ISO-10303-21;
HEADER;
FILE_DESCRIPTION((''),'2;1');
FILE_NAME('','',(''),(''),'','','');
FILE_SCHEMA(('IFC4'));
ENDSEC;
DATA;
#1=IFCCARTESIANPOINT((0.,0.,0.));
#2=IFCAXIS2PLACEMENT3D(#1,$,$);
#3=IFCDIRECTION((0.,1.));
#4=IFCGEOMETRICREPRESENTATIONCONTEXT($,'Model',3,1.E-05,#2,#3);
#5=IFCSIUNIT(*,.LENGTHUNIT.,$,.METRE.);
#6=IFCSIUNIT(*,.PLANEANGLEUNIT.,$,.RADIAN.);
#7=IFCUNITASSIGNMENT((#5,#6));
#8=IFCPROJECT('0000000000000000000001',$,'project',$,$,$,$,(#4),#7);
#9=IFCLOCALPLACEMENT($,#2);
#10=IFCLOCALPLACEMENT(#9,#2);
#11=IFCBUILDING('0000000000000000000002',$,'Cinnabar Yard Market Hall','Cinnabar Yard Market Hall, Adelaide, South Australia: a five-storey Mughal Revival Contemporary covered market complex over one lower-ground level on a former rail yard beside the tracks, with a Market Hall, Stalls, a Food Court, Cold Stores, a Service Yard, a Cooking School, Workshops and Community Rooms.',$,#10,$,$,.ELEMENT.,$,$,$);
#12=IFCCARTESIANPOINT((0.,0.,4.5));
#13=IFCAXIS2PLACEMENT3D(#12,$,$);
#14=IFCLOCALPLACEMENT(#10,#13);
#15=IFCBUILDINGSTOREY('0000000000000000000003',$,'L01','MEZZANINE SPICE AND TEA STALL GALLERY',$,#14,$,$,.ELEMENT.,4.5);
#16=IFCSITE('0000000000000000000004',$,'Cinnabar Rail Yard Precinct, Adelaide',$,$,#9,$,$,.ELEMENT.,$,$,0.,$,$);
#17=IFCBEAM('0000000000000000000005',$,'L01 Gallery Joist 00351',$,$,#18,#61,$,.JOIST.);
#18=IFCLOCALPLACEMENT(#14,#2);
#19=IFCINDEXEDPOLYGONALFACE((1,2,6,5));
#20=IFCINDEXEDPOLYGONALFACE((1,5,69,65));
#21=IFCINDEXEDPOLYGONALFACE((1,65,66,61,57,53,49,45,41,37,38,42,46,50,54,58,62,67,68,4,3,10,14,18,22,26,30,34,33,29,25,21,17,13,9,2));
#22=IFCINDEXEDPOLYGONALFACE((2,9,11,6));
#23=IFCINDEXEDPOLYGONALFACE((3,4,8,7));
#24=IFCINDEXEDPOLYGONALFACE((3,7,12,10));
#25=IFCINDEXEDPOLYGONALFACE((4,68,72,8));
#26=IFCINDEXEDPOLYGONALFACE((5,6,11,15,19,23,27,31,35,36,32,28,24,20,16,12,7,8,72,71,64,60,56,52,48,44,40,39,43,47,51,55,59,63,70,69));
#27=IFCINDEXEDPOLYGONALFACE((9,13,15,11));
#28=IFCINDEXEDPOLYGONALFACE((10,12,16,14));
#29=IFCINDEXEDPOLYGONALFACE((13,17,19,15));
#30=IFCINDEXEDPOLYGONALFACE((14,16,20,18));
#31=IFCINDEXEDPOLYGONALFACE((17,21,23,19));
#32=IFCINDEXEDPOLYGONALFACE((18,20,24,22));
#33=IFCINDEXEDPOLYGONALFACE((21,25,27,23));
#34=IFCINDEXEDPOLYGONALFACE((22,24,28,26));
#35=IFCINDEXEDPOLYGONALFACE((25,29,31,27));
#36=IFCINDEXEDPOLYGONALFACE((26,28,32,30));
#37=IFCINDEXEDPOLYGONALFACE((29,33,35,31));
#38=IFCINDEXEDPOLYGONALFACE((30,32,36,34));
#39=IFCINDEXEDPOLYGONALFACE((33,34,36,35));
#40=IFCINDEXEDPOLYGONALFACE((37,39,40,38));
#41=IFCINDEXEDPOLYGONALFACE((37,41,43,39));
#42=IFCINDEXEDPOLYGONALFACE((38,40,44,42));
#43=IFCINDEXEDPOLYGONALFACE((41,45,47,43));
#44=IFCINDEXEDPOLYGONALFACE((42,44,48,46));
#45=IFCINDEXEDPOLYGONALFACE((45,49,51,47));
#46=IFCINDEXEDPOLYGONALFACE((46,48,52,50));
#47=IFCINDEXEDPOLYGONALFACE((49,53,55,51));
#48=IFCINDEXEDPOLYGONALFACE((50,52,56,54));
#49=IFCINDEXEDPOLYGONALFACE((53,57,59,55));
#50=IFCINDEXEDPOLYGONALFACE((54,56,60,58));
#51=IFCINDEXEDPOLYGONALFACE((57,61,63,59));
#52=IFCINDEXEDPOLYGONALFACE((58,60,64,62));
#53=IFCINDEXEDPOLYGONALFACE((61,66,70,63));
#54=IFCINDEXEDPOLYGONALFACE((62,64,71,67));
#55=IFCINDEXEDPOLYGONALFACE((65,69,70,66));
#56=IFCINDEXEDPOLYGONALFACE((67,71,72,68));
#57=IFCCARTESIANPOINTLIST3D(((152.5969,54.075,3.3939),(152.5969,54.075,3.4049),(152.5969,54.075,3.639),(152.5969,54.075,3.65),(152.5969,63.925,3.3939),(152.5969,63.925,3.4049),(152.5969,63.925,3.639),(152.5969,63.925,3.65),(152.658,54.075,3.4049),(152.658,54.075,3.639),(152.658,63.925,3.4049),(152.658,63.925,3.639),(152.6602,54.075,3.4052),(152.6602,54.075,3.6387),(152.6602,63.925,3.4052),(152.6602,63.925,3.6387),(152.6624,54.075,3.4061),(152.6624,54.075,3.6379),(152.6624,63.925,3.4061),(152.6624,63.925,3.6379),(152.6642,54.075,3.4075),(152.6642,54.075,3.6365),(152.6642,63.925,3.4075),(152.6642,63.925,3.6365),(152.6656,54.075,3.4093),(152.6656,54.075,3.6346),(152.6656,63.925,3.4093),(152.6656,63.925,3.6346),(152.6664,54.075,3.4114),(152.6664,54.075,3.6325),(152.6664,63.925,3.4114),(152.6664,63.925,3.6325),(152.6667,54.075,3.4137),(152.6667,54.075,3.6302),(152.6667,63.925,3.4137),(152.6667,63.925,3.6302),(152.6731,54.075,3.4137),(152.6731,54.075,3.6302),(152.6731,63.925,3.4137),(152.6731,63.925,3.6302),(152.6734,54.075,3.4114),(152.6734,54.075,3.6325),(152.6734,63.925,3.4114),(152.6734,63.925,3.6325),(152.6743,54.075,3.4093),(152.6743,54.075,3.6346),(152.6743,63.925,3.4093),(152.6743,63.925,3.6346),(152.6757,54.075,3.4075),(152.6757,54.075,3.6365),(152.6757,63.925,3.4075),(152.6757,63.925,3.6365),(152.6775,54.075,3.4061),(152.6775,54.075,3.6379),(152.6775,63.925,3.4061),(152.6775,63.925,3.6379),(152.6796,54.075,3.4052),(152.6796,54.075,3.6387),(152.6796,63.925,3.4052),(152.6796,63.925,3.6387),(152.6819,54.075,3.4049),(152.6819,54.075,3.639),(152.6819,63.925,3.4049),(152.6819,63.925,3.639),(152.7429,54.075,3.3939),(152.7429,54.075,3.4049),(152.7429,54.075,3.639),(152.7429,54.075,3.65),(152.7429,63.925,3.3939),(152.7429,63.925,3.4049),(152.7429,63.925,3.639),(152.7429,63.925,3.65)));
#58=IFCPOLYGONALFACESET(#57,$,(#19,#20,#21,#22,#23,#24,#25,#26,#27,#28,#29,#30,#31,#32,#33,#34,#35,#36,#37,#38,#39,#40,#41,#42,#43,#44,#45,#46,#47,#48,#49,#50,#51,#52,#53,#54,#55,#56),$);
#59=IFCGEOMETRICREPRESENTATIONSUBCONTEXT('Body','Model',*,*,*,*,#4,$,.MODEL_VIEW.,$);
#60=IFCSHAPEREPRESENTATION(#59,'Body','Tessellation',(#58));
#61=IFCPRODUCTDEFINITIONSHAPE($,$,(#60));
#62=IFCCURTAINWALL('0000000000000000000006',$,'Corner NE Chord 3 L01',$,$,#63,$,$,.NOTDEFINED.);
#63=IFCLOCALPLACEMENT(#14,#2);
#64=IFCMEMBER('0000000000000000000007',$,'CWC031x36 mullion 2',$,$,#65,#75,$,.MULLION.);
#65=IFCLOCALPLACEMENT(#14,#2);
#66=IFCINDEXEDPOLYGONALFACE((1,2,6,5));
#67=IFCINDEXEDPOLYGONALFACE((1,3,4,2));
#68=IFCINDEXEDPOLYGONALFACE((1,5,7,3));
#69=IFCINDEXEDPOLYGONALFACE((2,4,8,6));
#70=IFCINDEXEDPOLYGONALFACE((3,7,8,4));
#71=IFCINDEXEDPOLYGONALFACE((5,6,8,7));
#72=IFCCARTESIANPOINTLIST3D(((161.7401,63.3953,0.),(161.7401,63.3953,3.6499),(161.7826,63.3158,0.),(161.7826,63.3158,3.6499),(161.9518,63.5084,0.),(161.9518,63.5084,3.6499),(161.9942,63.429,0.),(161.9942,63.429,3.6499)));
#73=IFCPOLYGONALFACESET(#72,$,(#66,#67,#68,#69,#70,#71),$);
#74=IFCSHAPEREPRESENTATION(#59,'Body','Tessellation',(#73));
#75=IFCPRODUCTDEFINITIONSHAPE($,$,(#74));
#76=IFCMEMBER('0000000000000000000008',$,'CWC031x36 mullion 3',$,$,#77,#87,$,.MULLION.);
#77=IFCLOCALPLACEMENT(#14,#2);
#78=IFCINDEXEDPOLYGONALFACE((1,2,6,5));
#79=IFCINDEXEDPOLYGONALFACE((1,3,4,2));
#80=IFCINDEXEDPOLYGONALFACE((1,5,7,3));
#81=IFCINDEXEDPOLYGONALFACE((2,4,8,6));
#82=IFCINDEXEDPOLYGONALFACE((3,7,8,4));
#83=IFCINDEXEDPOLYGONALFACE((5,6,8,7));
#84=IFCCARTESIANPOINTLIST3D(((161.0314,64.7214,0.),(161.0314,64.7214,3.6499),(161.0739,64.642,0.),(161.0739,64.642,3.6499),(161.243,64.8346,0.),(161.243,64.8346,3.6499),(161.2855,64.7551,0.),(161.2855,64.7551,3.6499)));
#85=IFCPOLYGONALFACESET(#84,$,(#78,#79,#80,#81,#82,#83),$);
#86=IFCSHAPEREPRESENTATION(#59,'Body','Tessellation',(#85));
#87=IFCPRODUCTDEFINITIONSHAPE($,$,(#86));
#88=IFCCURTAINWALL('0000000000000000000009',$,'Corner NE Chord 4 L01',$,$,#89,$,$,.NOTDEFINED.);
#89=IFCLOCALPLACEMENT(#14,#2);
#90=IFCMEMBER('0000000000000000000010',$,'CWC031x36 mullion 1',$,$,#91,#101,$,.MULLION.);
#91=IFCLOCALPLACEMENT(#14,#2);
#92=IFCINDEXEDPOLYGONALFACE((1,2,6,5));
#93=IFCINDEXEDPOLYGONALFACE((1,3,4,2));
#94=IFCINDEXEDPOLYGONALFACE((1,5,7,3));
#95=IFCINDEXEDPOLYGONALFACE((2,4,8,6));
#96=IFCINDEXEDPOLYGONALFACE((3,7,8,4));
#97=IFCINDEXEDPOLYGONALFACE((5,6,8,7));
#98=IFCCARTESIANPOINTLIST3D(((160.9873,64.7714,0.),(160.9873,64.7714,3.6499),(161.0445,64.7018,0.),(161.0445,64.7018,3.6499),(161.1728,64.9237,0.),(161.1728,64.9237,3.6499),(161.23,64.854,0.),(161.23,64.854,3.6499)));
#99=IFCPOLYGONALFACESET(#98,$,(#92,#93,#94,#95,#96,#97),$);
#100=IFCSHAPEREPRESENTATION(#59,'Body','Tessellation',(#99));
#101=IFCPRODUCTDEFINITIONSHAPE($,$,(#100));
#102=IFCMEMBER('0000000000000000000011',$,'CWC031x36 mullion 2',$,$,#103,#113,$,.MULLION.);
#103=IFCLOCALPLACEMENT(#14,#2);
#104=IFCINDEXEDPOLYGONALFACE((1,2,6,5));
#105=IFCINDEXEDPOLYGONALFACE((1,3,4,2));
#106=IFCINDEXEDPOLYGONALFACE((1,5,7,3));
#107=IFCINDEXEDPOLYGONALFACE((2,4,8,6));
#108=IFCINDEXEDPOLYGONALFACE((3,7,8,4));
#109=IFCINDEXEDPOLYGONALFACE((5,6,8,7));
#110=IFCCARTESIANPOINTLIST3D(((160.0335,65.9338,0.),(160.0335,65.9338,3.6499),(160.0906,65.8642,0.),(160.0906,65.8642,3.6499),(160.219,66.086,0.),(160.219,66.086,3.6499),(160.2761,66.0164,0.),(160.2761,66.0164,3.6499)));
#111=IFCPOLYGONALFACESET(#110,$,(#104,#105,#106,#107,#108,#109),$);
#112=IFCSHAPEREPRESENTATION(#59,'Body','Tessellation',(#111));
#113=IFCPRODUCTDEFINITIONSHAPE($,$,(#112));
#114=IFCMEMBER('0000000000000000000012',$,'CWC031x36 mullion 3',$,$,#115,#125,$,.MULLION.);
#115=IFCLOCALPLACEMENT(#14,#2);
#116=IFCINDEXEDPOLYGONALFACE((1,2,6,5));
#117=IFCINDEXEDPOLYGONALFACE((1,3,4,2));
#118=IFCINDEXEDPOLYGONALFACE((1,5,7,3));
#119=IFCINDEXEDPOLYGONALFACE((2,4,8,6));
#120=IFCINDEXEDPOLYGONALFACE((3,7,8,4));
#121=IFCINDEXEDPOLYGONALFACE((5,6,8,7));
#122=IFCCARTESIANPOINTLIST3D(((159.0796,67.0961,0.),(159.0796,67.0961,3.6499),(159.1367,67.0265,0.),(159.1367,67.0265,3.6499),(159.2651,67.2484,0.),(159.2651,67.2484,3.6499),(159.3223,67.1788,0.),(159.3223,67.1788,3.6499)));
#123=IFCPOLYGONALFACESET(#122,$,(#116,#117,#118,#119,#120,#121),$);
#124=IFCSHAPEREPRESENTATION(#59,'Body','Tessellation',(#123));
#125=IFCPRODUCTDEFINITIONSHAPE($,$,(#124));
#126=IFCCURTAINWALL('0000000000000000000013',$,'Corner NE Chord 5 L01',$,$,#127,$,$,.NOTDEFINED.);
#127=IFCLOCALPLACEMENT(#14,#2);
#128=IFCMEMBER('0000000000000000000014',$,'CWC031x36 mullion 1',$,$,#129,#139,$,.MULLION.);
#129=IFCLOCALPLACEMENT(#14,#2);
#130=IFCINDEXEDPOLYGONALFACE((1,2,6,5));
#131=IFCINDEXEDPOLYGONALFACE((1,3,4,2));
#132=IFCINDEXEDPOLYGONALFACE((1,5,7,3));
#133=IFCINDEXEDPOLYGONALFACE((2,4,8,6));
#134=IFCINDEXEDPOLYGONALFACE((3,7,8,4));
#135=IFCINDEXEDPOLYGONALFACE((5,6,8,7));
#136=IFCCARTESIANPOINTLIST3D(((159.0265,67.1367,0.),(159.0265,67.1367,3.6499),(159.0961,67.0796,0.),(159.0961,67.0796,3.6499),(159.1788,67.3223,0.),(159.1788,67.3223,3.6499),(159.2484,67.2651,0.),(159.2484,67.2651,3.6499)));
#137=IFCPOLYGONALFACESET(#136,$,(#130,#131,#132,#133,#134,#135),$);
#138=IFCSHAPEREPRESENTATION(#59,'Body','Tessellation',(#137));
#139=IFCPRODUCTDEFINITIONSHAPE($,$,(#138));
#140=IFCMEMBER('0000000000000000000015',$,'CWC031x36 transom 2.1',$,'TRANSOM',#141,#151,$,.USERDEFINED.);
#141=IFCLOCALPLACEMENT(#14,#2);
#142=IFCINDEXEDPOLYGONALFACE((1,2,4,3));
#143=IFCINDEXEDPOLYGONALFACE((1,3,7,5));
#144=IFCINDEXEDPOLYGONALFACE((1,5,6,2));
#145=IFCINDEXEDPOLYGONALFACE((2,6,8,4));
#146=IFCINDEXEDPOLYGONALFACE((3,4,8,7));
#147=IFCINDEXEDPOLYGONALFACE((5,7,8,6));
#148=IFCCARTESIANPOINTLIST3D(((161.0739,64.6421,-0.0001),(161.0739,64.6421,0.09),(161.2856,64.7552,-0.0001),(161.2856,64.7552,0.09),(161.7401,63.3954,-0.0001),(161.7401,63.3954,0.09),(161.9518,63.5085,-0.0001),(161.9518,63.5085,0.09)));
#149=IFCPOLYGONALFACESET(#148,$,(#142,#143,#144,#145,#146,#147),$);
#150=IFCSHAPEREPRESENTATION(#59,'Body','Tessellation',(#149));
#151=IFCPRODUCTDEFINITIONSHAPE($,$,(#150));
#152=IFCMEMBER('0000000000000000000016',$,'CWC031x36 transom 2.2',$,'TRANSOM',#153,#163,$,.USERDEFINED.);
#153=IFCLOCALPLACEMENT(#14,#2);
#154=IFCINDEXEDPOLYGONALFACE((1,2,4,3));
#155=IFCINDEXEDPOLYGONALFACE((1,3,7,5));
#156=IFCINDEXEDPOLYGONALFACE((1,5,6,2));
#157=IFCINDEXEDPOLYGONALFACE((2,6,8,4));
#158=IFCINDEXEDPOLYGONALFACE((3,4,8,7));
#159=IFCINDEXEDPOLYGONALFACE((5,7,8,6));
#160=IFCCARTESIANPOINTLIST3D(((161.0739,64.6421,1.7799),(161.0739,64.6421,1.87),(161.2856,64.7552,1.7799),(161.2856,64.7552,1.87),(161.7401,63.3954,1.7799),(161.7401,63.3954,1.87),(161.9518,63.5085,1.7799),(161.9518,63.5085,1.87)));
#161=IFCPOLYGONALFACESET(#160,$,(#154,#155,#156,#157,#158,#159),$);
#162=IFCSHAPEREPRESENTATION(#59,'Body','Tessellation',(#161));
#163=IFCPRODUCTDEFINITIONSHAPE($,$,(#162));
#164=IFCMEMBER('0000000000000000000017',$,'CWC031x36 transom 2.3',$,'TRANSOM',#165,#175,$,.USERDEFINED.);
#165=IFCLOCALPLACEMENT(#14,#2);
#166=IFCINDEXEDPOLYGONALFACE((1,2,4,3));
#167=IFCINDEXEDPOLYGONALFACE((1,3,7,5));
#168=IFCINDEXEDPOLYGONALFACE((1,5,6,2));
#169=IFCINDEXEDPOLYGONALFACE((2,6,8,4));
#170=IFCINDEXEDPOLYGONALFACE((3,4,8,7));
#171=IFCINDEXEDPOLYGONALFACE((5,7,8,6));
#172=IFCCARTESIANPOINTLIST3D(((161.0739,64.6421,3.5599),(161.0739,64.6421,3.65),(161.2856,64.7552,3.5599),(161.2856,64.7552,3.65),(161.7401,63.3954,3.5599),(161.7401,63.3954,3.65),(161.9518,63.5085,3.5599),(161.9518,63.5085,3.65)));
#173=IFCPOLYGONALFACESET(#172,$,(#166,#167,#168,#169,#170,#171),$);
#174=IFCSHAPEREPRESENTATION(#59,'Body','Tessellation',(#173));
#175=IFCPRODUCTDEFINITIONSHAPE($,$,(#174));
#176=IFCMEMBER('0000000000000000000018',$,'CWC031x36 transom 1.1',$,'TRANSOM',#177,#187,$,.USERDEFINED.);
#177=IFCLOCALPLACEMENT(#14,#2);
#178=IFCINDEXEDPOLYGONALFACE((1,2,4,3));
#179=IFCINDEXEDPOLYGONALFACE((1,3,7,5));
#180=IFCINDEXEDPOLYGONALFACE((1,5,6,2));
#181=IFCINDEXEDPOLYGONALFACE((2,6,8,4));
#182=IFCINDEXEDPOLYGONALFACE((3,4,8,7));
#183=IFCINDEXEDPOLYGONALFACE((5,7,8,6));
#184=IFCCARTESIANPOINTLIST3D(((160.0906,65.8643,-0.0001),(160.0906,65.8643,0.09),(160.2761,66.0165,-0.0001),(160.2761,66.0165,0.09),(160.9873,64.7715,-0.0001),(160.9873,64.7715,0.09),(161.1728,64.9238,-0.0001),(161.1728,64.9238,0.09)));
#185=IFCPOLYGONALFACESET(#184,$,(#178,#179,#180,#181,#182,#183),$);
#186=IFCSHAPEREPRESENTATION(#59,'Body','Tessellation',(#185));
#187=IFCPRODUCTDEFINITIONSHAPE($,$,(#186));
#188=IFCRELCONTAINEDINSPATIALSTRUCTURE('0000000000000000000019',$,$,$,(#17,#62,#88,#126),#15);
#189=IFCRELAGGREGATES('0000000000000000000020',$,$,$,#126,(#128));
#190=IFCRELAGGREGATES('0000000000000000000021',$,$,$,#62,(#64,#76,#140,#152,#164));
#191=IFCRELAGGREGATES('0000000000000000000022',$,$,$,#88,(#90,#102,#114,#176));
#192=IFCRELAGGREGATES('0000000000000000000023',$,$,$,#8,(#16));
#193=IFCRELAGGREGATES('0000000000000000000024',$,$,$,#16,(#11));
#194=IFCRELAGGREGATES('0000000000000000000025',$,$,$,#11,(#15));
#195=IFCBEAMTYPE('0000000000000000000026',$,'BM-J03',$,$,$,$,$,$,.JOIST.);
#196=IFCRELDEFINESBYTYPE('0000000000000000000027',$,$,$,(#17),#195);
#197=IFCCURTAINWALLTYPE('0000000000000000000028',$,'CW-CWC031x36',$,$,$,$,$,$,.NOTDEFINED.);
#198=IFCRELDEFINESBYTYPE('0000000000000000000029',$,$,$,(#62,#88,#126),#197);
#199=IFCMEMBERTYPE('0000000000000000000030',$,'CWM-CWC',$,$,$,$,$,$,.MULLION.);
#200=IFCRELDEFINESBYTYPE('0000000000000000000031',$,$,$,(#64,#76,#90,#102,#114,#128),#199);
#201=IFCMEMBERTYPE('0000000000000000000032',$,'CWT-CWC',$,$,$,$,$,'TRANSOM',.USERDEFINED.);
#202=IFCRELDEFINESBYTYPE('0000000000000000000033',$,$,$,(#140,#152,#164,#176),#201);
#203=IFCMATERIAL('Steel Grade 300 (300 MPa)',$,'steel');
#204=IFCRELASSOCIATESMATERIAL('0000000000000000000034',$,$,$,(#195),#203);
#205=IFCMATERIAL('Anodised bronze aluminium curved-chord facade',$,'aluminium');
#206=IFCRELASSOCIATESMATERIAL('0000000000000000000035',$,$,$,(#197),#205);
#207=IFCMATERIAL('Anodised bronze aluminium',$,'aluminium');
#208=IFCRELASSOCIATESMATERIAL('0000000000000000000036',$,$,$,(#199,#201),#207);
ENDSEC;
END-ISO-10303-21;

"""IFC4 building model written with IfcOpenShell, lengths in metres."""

from ifc_helpers import new_model, si_unit, direction, frame, origin, origin_2d_with_axis, place, context, subcontext, project, spatial, rectangle, i_section, extrude, material, material_profile, profile_set, type_object, element, aggregate, save


model = new_model("IFC4")

# Units and contexts
model_context = context("Model", 3, precision=1e-05, world=origin(), true_north=direction((0.0, 1.0)))
body_context = subcontext(model_context, "Body", "Model", "MODEL_VIEW")
ifc_project = project(units=[si_unit("LENGTHUNIT", "METRE"), si_unit("PLANEANGLEUNIT", "RADIAN")], contexts=[model_context])

# Site, building, storey
site_placement = place(None, origin())
site = spatial("IfcSite", under=ifc_project, at=site_placement, Name="Cinnabar Rail Yard Precinct, Adelaide", CompositionType="ELEMENT", RefElevation=0.0)
building_placement = place(site_placement, origin())
building = spatial("IfcBuilding", under=site, at=building_placement, Name="Cinnabar Yard Market Hall", Description="Cinnabar Yard Market Hall, Adelaide, South Australia: a five-storey Mughal Revival Contemporary covered market complex over one lower-ground level on a former rail yard beside the tracks, with a Market Hall, Stalls, a Food Court, Cold Stores, a Service Yard, a Cooking School, Workshops and Community Rooms.", CompositionType="ELEMENT")
storey_placement = place(building_placement, frame((0.0, 0.0, 4.5)))
storey = spatial("IfcBuildingStorey", under=building, at=storey_placement, Name="L01", Description="MEZZANINE SPICE AND TEA STALL GALLERY", CompositionType="ELEMENT", Elevation=4.5)

# Beam
ifc_material_1 = material(Name="Steel Grade 300 (300 MPa)", Category="steel")
ifc_material_profile_1 = material_profile(ifc_material_1, i_section(OverallWidth=0.146, OverallDepth=0.2561, WebThickness=0.0063, FlangeThickness=0.011, FilletRadius=0.0088, at=origin_2d_with_axis()), Name="250UB37.3")
ifc_profile_set_1 = profile_set([ifc_material_profile_1], Name="Steel Grade 300 (300 MPa)")
beam_type_1 = type_object("IfcBeamType", Name="BM-J03", PredefinedType="JOIST", material=ifc_profile_set_1)
for number, where, z_axis, x_axis, name in (
    (1, (152.6699, 54.075, 3.522), (0.0, 1.0, 0.0), (-1.0, 0.0, 0.0), "L01 Gallery Joist 00351"),
):
    element("IfcBeam", number, at=place(storey_placement, frame(where, z_axis=z_axis, x_axis=x_axis)), inside=storey, type_object=beam_type_1, Name=name, PredefinedType="JOIST", context=body_context, shape_type="SweptSolid", body=[
        extrude(i_section(OverallWidth=0.146, OverallDepth=0.2561, WebThickness=0.0063, FlangeThickness=0.011, FilletRadius=0.0088, at=origin_2d_with_axis()), origin(), (0.0, 0.0, 1.0), 9.8501),
    ])

# Curtain walls, members
ifc_material_2 = material(Name="Anodised bronze aluminium curved-chord facade", Category="aluminium")
curtain_wall_type = type_object("IfcCurtainWallType", Name="CW-CWC031x36", PredefinedType="NOTDEFINED", material=ifc_material_2)
curtain_wall_1_placement = place(storey_placement, origin())
curtain_wall_1 = element("IfcCurtainWall", 2, at=curtain_wall_1_placement, inside=storey, type_object=curtain_wall_type, Name="Corner NE Chord 3 L01", PredefinedType="NOTDEFINED")
ifc_material_3 = material(Name="Anodised bronze aluminium", Category="aluminium")
ifc_material_profile_2 = material_profile(ifc_material_3, rectangle(XDim=0.24, YDim=0.0901, at=origin_2d_with_axis()), Name="MUL-CWC")
ifc_profile_set_2 = profile_set([ifc_material_profile_2], Name="Anodised bronze aluminium")
member_type_1 = type_object("IfcMemberType", Name="CWM-CWC", PredefinedType="MULLION", material=ifc_profile_set_2)
member_1_placement = place(storey_placement, frame((161.8672, 63.4121, 0.0), z_axis=(0.0, 0.0, 1.0), x_axis=(-0.881917, -0.471404, 0.0)))
member_1 = element("IfcMember", 3, at=member_1_placement, type_object=member_type_1, Name="CWC031x36 mullion 2", PredefinedType="MULLION", context=body_context, shape_type="SweptSolid", body=[
    extrude(rectangle(XDim=0.24, YDim=0.0901, at=origin_2d_with_axis()), origin(), (0.0, 0.0, 1.0), 3.6499),
])
member_2_placement = place(storey_placement, frame((161.1584, 64.7383, 0.0), z_axis=(0.0, 0.0, 1.0), x_axis=(-0.881917, -0.471404, 0.0)))
member_2 = element("IfcMember", 4, at=member_2_placement, type_object=member_type_1, Name="CWC031x36 mullion 3", PredefinedType="MULLION", context=body_context, shape_type="SweptSolid", body=[
    extrude(rectangle(XDim=0.24, YDim=0.0901, at=origin_2d_with_axis()), origin(), (0.0, 0.0, 1.0), 3.6499),
])
curtain_wall_2_placement = place(storey_placement, origin())
curtain_wall_2 = element("IfcCurtainWall", 5, at=curtain_wall_2_placement, inside=storey, type_object=curtain_wall_type, Name="Corner NE Chord 4 L01", PredefinedType="NOTDEFINED")
member_3_placement = place(storey_placement, frame((161.1086, 64.8127, 0.0), z_axis=(0.0, 0.0, 1.0), x_axis=(-0.773019, -0.634383, 0.0)))
member_3 = element("IfcMember", 6, at=member_3_placement, type_object=member_type_1, Name="CWC031x36 mullion 1", PredefinedType="MULLION", context=body_context, shape_type="SweptSolid", body=[
    extrude(rectangle(XDim=0.24, YDim=0.0901, at=origin_2d_with_axis()), origin(), (0.0, 0.0, 1.0), 3.6499),
])
member_4_placement = place(storey_placement, frame((160.1548, 65.9751, 0.0), z_axis=(0.0, 0.0, 1.0), x_axis=(-0.773019, -0.634383, 0.0)))
member_4 = element("IfcMember", 7, at=member_4_placement, type_object=member_type_1, Name="CWC031x36 mullion 2", PredefinedType="MULLION", context=body_context, shape_type="SweptSolid", body=[
    extrude(rectangle(XDim=0.24, YDim=0.0901, at=origin_2d_with_axis()), origin(), (0.0, 0.0, 1.0), 3.6499),
])
member_5_placement = place(storey_placement, frame((159.2009, 67.1375, 0.0), z_axis=(0.0, 0.0, 1.0), x_axis=(-0.773019, -0.634383, 0.0)))
member_5 = element("IfcMember", 8, at=member_5_placement, type_object=member_type_1, Name="CWC031x36 mullion 3", PredefinedType="MULLION", context=body_context, shape_type="SweptSolid", body=[
    extrude(rectangle(XDim=0.24, YDim=0.0901, at=origin_2d_with_axis()), origin(), (0.0, 0.0, 1.0), 3.6499),
])

# Curtain wall, member
curtain_wall_3_placement = place(storey_placement, origin())
curtain_wall_3 = element("IfcCurtainWall", 9, at=curtain_wall_3_placement, inside=storey, type_object=curtain_wall_type, Name="Corner NE Chord 5 L01", PredefinedType="NOTDEFINED")
member_6_placement = place(storey_placement, frame((159.1375, 67.2009, 0.0), z_axis=(0.0, 0.0, 1.0), x_axis=(-0.634383, -0.773019, 0.0)))
member_6 = element("IfcMember", 10, at=member_6_placement, type_object=member_type_1, Name="CWC031x36 mullion 1", PredefinedType="MULLION", context=body_context, shape_type="SweptSolid", body=[
    extrude(rectangle(XDim=0.24, YDim=0.0901, at=origin_2d_with_axis()), origin(), (0.0, 0.0, 1.0), 3.6499),
])

# Members
ifc_material_profile_3 = material_profile(ifc_material_3, rectangle(XDim=0.24, YDim=0.0901, at=origin_2d_with_axis()), Name="TRN-CWC")
ifc_profile_set_3 = profile_set([ifc_material_profile_3], Name="Anodised bronze aluminium")
member_type_2 = type_object("IfcMemberType", Name="CWT-CWC", ElementType="TRANSOM", PredefinedType="USERDEFINED", material=ifc_profile_set_3)
member_7_placement = place(storey_placement, frame((161.8459, 63.4519, 0.0449), z_axis=(-0.471296, 0.881975, 0.0), x_axis=(-0.881975, -0.471296, 0.0)))
member_7 = element("IfcMember", 11, at=member_7_placement, type_object=member_type_2, Name="CWC031x36 transom 2.1", ObjectType="TRANSOM", PredefinedType="USERDEFINED", context=body_context, shape_type="SweptSolid", body=[
    extrude(rectangle(XDim=0.24, YDim=0.0901, at=origin_2d_with_axis()), origin(), (0.0, 0.0, 1.0), 1.4136),
])
member_8_placement = place(storey_placement, frame((161.8459, 63.4519, 1.825), z_axis=(-0.471296, 0.881975, 0.0), x_axis=(-0.881975, -0.471296, 0.0)))
member_8 = element("IfcMember", 12, at=member_8_placement, type_object=member_type_2, Name="CWC031x36 transom 2.2", ObjectType="TRANSOM", PredefinedType="USERDEFINED", context=body_context, shape_type="SweptSolid", body=[
    extrude(rectangle(XDim=0.24, YDim=0.0901, at=origin_2d_with_axis()), origin(), (0.0, 0.0, 1.0), 1.4136),
])
member_9_placement = place(storey_placement, frame((161.8459, 63.4519, 3.605), z_axis=(-0.471296, 0.881975, 0.0), x_axis=(-0.881975, -0.471296, 0.0)))
member_9 = element("IfcMember", 13, at=member_9_placement, type_object=member_type_2, Name="CWC031x36 transom 2.3", ObjectType="TRANSOM", PredefinedType="USERDEFINED", context=body_context, shape_type="SweptSolid", body=[
    extrude(rectangle(XDim=0.24, YDim=0.0901, at=origin_2d_with_axis()), origin(), (0.0, 0.0, 1.0), 1.4136),
])
member_10_placement = place(storey_placement, frame((161.0801, 64.8477, 0.0449), z_axis=(-0.634356, 0.773041, 0.0), x_axis=(-0.773041, -0.634356, 0.0)))
member_10 = element("IfcMember", 14, at=member_10_placement, type_object=member_type_2, Name="CWC031x36 transom 1.1", ObjectType="TRANSOM", PredefinedType="USERDEFINED", context=body_context, shape_type="SweptSolid", body=[
    extrude(rectangle(XDim=0.24, YDim=0.0901, at=origin_2d_with_axis()), origin(), (0.0, 0.0, 1.0), 1.4136),
])
aggregate(curtain_wall_3, [member_6])

aggregate(curtain_wall_1, [member_1, member_2, member_7, member_8, member_9])
aggregate(curtain_wall_2, [member_3, member_4, member_5, member_10])

save(model, "model.ifc")
